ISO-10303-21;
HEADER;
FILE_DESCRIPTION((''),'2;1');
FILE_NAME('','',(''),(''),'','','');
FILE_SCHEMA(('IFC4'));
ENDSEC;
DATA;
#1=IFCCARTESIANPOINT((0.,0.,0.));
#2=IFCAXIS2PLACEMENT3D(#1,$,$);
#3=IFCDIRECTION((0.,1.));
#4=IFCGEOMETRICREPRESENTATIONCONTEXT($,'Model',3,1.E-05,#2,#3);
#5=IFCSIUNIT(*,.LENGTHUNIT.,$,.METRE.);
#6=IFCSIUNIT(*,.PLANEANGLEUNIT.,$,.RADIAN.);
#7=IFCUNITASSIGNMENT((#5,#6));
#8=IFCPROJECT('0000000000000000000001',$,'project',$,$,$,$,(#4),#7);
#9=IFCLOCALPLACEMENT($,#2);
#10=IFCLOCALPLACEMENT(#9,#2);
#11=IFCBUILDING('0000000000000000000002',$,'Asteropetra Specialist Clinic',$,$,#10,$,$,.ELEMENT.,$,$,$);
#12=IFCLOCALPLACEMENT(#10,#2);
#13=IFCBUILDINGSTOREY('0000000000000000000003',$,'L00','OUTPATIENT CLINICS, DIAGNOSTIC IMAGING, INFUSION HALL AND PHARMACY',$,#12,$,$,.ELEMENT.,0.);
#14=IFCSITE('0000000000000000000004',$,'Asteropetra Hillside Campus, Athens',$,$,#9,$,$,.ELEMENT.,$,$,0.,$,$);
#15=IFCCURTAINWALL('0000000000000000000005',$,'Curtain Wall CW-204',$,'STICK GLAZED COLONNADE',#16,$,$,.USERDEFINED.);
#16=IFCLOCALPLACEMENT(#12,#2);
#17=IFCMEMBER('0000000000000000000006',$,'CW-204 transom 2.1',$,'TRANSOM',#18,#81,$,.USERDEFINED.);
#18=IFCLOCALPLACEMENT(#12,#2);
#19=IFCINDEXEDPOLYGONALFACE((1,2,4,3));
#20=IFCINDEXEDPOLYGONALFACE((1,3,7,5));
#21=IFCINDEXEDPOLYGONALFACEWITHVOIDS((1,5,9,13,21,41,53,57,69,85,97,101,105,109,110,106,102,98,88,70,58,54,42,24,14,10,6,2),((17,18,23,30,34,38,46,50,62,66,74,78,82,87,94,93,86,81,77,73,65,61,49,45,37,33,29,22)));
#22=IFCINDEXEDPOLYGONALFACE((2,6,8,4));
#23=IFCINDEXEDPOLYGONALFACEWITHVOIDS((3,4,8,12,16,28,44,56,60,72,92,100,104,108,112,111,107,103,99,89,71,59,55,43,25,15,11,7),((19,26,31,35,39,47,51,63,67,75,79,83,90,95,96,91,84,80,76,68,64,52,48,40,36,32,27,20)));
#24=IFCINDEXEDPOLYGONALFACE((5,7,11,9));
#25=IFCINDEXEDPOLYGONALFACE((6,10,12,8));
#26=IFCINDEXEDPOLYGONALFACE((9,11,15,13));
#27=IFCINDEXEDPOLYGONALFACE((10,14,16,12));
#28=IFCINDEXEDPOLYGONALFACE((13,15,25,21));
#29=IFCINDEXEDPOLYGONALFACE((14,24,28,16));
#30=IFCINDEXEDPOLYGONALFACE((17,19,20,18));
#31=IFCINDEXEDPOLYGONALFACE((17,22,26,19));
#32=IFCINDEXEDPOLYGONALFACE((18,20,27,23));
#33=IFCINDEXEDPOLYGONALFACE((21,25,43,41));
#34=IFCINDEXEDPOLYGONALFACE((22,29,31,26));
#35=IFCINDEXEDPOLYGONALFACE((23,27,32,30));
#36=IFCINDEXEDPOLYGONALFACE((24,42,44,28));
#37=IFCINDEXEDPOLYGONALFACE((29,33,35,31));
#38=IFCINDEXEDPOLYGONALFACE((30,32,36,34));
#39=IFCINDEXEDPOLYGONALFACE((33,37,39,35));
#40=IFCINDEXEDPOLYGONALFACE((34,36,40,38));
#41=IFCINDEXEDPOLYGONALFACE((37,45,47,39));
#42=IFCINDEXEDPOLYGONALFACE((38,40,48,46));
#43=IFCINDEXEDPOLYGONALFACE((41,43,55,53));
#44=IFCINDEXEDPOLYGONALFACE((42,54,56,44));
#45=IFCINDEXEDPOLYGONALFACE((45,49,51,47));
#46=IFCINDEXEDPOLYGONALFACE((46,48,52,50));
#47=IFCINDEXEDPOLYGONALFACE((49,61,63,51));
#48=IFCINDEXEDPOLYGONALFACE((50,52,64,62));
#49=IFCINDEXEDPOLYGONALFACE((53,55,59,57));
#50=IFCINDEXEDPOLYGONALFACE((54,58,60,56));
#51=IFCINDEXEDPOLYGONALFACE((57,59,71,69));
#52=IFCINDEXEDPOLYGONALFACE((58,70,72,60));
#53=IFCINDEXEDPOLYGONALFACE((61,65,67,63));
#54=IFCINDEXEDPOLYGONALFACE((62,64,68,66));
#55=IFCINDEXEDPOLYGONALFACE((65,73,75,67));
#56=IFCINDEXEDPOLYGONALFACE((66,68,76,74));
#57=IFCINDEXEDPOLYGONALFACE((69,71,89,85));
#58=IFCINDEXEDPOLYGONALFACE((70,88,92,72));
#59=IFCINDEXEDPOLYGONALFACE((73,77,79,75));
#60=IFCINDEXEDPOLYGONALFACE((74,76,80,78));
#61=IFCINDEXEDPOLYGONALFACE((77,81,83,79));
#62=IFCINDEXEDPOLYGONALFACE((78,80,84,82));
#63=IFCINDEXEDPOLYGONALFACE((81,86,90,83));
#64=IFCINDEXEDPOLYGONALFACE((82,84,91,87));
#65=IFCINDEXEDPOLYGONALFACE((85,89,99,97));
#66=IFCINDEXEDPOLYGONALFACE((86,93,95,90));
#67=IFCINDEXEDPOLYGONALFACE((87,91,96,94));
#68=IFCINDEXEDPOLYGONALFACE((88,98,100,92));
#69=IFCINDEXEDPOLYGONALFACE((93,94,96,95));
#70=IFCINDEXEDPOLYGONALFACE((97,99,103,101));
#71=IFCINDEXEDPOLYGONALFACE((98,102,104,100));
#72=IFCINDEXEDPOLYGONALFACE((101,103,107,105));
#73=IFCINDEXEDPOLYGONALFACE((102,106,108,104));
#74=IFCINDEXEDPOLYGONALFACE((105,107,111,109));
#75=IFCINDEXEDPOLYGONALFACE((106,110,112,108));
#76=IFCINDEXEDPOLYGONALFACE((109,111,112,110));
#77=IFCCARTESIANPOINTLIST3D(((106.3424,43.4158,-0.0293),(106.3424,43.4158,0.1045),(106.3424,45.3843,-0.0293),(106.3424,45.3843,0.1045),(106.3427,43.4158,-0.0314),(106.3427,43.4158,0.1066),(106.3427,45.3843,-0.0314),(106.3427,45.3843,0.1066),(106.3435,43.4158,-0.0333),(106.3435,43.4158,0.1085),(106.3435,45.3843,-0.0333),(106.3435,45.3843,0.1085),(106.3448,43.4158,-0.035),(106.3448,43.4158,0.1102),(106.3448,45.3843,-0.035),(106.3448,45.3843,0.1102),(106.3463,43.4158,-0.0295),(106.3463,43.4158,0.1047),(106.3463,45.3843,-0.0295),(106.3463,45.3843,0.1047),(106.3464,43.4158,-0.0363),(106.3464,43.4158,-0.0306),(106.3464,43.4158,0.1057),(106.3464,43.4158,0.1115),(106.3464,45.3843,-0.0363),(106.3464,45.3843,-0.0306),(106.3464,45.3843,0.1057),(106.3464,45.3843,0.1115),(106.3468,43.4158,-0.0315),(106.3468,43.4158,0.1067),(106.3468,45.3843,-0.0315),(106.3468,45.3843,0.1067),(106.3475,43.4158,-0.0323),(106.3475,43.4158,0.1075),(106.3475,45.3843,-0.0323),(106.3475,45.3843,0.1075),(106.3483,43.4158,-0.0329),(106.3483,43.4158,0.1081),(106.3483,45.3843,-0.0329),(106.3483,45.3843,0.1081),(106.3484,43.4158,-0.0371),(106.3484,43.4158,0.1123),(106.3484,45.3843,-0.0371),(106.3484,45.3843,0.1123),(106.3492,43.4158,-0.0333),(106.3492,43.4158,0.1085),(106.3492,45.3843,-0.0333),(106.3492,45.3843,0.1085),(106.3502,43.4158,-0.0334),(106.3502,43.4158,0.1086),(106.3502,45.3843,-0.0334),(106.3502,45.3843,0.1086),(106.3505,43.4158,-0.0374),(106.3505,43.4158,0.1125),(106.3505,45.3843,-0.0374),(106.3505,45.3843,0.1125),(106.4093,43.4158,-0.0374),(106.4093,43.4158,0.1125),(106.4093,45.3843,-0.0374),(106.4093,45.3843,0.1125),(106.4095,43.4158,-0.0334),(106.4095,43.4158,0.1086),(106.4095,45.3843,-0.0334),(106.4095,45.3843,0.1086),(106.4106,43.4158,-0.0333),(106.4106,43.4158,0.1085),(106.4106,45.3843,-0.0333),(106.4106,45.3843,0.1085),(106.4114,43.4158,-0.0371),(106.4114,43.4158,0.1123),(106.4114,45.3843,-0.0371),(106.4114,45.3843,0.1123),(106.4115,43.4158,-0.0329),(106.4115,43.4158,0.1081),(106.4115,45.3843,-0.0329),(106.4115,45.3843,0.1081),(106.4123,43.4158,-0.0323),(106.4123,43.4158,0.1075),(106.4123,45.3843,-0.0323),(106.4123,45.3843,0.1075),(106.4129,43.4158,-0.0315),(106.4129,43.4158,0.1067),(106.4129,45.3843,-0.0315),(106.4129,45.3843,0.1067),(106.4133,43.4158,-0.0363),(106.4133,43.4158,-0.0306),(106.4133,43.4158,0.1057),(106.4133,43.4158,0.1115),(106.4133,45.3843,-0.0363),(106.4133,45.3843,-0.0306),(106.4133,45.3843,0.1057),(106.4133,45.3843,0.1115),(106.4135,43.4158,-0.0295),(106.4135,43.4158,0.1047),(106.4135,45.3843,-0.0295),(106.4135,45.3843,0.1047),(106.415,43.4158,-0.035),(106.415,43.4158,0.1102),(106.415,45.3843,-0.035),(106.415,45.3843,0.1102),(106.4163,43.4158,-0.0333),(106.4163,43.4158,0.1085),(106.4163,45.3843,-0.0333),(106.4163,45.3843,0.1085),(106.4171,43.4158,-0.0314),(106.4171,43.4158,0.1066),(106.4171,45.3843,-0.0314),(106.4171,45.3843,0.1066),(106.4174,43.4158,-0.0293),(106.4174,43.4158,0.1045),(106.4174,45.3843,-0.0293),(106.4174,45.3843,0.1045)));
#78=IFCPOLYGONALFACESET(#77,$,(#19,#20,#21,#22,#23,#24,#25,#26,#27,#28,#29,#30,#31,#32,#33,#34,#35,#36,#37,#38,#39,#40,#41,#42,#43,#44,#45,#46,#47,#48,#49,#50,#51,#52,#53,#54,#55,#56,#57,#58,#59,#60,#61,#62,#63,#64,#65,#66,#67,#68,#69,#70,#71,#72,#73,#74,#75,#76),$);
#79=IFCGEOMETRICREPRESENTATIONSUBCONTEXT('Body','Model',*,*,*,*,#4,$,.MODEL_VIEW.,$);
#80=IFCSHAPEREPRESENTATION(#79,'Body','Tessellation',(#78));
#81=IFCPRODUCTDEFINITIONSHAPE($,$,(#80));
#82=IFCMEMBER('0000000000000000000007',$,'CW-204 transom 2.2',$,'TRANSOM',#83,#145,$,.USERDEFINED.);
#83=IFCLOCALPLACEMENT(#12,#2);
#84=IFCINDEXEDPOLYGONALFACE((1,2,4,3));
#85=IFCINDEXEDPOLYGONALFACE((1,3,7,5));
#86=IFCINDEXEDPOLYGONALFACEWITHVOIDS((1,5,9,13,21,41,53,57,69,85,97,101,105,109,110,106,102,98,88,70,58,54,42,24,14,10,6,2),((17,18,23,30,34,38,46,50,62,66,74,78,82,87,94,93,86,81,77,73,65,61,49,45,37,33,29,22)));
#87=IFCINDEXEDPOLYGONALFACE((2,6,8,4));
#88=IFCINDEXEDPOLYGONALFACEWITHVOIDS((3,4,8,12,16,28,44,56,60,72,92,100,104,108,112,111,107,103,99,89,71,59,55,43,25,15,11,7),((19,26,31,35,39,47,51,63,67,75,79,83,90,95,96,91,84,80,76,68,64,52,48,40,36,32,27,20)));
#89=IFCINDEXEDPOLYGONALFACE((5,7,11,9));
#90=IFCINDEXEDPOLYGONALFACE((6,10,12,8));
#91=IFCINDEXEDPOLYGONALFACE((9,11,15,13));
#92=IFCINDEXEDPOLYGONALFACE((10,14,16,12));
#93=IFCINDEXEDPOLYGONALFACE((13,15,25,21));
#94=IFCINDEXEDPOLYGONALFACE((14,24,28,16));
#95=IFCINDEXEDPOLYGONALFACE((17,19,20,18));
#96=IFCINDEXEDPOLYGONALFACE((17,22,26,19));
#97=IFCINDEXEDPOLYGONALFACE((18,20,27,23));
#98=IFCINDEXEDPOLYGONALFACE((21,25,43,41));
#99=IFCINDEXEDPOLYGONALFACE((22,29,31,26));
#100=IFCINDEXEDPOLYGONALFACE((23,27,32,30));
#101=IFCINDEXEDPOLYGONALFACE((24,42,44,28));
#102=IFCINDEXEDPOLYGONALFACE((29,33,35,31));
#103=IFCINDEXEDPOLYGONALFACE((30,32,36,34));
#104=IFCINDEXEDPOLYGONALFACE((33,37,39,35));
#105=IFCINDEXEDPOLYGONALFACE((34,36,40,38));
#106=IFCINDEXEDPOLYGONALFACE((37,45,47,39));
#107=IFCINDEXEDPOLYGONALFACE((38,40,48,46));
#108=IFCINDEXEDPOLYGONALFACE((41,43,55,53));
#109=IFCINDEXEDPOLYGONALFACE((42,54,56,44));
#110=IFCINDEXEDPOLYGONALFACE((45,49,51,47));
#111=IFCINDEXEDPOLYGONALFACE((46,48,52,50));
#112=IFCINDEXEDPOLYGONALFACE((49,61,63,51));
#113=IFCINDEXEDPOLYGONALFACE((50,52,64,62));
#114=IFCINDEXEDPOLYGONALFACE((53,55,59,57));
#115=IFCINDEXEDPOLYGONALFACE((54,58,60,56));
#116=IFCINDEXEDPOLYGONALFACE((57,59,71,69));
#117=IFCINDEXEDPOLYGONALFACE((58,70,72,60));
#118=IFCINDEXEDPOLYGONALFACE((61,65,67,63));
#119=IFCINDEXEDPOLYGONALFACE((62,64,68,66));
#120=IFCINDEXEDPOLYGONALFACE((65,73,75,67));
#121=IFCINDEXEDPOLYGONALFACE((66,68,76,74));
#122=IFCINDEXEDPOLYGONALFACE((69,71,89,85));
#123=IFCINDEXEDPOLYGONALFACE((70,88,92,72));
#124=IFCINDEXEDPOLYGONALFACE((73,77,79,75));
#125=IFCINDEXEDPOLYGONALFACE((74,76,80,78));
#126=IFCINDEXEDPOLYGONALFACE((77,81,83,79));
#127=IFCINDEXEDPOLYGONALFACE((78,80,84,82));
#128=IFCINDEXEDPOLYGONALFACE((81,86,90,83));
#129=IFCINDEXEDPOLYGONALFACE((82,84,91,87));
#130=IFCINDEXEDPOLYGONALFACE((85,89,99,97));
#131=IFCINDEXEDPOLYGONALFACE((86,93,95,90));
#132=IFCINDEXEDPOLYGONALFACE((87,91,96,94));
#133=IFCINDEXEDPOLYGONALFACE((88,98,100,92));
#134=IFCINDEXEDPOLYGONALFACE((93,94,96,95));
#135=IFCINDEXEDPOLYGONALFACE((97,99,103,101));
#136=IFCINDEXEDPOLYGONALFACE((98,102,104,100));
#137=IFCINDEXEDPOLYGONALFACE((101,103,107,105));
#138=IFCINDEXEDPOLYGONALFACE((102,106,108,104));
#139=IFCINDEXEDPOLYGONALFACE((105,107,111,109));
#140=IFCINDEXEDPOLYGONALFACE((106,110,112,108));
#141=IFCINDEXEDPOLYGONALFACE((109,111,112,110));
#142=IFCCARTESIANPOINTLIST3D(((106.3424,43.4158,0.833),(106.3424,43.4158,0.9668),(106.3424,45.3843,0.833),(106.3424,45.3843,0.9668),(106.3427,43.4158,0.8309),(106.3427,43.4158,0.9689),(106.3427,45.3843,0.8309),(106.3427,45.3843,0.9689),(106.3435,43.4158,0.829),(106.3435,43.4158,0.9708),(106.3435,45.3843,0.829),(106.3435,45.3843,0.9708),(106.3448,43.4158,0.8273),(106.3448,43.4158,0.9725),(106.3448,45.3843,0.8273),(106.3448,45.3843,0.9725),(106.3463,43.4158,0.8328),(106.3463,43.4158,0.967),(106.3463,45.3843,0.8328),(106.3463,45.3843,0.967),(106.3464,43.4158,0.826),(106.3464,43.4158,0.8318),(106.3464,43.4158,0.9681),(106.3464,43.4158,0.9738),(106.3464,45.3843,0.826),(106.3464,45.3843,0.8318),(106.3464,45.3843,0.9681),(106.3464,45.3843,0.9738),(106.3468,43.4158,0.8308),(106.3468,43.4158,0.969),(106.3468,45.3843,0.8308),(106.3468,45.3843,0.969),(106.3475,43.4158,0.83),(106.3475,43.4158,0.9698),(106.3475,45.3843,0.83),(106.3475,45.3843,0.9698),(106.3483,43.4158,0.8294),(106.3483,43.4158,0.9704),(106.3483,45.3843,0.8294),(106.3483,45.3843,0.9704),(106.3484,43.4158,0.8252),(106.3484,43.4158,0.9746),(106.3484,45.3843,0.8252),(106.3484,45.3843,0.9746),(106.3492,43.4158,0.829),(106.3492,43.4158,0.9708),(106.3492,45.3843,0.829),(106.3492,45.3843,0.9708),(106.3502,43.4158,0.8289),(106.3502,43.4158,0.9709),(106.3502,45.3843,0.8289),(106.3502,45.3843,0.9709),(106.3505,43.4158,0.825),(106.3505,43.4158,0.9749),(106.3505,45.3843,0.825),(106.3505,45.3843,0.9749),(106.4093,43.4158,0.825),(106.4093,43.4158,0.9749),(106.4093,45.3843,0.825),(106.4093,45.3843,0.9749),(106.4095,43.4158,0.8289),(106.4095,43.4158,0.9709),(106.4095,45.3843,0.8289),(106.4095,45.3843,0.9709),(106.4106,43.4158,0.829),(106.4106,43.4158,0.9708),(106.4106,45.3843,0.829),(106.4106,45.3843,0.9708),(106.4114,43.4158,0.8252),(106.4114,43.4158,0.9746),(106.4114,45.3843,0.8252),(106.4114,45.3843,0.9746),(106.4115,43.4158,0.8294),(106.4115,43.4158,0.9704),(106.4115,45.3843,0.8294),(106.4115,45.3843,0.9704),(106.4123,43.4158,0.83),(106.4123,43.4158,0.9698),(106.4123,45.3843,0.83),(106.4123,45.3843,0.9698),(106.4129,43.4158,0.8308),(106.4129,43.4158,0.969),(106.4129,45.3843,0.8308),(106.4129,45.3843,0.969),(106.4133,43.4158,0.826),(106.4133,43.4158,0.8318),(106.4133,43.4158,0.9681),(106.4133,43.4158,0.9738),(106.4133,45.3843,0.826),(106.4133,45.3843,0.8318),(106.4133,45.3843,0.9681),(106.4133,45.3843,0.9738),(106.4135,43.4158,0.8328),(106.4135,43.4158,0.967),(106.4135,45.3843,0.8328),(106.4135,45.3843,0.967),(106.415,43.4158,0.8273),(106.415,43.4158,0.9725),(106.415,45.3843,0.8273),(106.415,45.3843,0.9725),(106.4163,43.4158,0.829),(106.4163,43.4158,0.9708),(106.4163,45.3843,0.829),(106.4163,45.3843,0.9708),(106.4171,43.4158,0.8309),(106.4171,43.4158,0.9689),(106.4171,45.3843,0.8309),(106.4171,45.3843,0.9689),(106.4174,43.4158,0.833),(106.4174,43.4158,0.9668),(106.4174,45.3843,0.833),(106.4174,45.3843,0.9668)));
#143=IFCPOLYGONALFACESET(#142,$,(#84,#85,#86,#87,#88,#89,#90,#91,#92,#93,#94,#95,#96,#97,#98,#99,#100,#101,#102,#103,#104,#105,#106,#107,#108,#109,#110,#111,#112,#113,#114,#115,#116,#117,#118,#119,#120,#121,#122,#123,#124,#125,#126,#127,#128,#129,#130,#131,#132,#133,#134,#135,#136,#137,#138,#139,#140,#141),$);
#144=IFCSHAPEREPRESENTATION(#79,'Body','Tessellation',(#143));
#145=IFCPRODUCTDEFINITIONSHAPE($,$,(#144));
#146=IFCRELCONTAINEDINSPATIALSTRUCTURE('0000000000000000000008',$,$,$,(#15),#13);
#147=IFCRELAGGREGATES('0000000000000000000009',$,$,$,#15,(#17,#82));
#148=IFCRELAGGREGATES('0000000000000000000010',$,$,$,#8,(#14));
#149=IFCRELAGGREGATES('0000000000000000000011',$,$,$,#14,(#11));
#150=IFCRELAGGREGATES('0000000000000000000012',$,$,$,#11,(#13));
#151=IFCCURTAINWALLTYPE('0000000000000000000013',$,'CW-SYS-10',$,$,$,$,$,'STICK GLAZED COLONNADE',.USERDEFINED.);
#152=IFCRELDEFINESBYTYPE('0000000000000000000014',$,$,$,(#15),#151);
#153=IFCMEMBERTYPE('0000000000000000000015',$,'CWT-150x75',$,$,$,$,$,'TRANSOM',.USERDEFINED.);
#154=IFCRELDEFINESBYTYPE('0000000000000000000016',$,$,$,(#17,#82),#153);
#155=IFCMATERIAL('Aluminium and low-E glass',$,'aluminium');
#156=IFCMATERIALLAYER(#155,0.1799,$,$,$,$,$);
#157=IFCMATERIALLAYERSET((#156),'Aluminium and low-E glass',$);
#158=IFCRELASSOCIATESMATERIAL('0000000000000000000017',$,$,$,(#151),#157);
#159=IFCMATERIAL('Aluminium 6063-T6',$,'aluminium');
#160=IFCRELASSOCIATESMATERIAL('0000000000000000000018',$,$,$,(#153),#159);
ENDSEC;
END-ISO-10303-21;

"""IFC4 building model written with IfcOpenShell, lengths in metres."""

from ifc_helpers import new_model, si_unit, direction, frame, origin, origin_2d, place, context, subcontext, project, spatial, hollow_rectangle, extrude, material, layer, layer_set, material_profile, profile_set, type_object, element, aggregate, save


model = new_model("IFC4")

# Units and contexts
model_context = context("Model", 3, precision=1e-05, world=origin(), true_north=direction((0.0, 1.0)))
body_context = subcontext(model_context, "Body", "Model", "MODEL_VIEW")
ifc_project = project(units=[si_unit("LENGTHUNIT", "METRE"), si_unit("PLANEANGLEUNIT", "RADIAN")], contexts=[model_context])

# Site, building, storey
site_placement = place(None, origin())
site = spatial("IfcSite", under=ifc_project, at=site_placement, Name="Asteropetra Hillside Campus, Athens", CompositionType="ELEMENT", RefElevation=0.0)
building_placement = place(site_placement, origin())
building = spatial("IfcBuilding", under=site, at=building_placement, Name="Asteropetra Specialist Clinic", CompositionType="ELEMENT")
storey_placement = place(building_placement, origin())
storey = spatial("IfcBuildingStorey", under=building, at=storey_placement, Name="L00", Description="OUTPATIENT CLINICS, DIAGNOSTIC IMAGING, INFUSION HALL AND PHARMACY", CompositionType="ELEMENT", Elevation=0.0)

# Curtain wall, members
ifc_material_1 = material(Name="Aluminium and low-E glass", Category="aluminium")
ifc_layer_1 = layer(ifc_material_1, 0.1799)
ifc_layer_set_1 = layer_set([ifc_layer_1], Name="Aluminium and low-E glass")
curtain_wall_type = type_object("IfcCurtainWallType", Name="CW-SYS-10", ElementType="STICK GLAZED COLONNADE", PredefinedType="USERDEFINED", material=ifc_layer_set_1)
curtain_wall_placement = place(storey_placement, origin())
curtain_wall = element("IfcCurtainWall", 1, at=curtain_wall_placement, inside=storey, type_object=curtain_wall_type, Name="Curtain Wall CW-204", ObjectType="STICK GLAZED COLONNADE", PredefinedType="USERDEFINED")
ifc_material_2 = material(Name="Aluminium 6063-T6", Category="aluminium")
ifc_material_profile_1 = material_profile(ifc_material_2, hollow_rectangle(XDim=0.075, YDim=0.1499, WallThickness=0.0039, InnerFilletRadius=0.0039, OuterFilletRadius=0.0081, at=origin_2d()), Name="TRN 150x75x4.0")
ifc_profile_set_1 = profile_set([ifc_material_profile_1], Name="Aluminium 6063-T6")
member_type_1 = type_object("IfcMemberType", Name="CWT-150x75", ElementType="TRANSOM", PredefinedType="USERDEFINED", material=ifc_profile_set_1)
member_1_placement = place(storey_placement, frame((106.3799, 45.3843, 0.0376), z_axis=(0.0, -1.0, 0.0), x_axis=(1.0, 0.0, 0.0)))
member_1 = element("IfcMember", 2, at=member_1_placement, type_object=member_type_1, Name="CW-204 transom 2.1", ObjectType="TRANSOM", PredefinedType="USERDEFINED", context=body_context, shape_type="SweptSolid", body=[
    extrude(hollow_rectangle(XDim=0.075, YDim=0.1499, WallThickness=0.0039, InnerFilletRadius=0.0039, OuterFilletRadius=0.0081, at=origin_2d()), origin(), (0.0, 0.0, 1.0), 1.9685),
])
member_2_placement = place(storey_placement, frame((106.3799, 45.3843, 0.8999), z_axis=(0.0, -1.0, 0.0), x_axis=(1.0, 0.0, 0.0)))
member_2 = element("IfcMember", 3, at=member_2_placement, type_object=member_type_1, Name="CW-204 transom 2.2", ObjectType="TRANSOM", PredefinedType="USERDEFINED", context=body_context, shape_type="SweptSolid", body=[
    extrude(hollow_rectangle(XDim=0.075, YDim=0.1499, WallThickness=0.0039, InnerFilletRadius=0.0039, OuterFilletRadius=0.0081, at=origin_2d()), origin(), (0.0, 0.0, 1.0), 1.9685),
])
aggregate(curtain_wall, [member_1, member_2])

save(model, "model.ifc")
